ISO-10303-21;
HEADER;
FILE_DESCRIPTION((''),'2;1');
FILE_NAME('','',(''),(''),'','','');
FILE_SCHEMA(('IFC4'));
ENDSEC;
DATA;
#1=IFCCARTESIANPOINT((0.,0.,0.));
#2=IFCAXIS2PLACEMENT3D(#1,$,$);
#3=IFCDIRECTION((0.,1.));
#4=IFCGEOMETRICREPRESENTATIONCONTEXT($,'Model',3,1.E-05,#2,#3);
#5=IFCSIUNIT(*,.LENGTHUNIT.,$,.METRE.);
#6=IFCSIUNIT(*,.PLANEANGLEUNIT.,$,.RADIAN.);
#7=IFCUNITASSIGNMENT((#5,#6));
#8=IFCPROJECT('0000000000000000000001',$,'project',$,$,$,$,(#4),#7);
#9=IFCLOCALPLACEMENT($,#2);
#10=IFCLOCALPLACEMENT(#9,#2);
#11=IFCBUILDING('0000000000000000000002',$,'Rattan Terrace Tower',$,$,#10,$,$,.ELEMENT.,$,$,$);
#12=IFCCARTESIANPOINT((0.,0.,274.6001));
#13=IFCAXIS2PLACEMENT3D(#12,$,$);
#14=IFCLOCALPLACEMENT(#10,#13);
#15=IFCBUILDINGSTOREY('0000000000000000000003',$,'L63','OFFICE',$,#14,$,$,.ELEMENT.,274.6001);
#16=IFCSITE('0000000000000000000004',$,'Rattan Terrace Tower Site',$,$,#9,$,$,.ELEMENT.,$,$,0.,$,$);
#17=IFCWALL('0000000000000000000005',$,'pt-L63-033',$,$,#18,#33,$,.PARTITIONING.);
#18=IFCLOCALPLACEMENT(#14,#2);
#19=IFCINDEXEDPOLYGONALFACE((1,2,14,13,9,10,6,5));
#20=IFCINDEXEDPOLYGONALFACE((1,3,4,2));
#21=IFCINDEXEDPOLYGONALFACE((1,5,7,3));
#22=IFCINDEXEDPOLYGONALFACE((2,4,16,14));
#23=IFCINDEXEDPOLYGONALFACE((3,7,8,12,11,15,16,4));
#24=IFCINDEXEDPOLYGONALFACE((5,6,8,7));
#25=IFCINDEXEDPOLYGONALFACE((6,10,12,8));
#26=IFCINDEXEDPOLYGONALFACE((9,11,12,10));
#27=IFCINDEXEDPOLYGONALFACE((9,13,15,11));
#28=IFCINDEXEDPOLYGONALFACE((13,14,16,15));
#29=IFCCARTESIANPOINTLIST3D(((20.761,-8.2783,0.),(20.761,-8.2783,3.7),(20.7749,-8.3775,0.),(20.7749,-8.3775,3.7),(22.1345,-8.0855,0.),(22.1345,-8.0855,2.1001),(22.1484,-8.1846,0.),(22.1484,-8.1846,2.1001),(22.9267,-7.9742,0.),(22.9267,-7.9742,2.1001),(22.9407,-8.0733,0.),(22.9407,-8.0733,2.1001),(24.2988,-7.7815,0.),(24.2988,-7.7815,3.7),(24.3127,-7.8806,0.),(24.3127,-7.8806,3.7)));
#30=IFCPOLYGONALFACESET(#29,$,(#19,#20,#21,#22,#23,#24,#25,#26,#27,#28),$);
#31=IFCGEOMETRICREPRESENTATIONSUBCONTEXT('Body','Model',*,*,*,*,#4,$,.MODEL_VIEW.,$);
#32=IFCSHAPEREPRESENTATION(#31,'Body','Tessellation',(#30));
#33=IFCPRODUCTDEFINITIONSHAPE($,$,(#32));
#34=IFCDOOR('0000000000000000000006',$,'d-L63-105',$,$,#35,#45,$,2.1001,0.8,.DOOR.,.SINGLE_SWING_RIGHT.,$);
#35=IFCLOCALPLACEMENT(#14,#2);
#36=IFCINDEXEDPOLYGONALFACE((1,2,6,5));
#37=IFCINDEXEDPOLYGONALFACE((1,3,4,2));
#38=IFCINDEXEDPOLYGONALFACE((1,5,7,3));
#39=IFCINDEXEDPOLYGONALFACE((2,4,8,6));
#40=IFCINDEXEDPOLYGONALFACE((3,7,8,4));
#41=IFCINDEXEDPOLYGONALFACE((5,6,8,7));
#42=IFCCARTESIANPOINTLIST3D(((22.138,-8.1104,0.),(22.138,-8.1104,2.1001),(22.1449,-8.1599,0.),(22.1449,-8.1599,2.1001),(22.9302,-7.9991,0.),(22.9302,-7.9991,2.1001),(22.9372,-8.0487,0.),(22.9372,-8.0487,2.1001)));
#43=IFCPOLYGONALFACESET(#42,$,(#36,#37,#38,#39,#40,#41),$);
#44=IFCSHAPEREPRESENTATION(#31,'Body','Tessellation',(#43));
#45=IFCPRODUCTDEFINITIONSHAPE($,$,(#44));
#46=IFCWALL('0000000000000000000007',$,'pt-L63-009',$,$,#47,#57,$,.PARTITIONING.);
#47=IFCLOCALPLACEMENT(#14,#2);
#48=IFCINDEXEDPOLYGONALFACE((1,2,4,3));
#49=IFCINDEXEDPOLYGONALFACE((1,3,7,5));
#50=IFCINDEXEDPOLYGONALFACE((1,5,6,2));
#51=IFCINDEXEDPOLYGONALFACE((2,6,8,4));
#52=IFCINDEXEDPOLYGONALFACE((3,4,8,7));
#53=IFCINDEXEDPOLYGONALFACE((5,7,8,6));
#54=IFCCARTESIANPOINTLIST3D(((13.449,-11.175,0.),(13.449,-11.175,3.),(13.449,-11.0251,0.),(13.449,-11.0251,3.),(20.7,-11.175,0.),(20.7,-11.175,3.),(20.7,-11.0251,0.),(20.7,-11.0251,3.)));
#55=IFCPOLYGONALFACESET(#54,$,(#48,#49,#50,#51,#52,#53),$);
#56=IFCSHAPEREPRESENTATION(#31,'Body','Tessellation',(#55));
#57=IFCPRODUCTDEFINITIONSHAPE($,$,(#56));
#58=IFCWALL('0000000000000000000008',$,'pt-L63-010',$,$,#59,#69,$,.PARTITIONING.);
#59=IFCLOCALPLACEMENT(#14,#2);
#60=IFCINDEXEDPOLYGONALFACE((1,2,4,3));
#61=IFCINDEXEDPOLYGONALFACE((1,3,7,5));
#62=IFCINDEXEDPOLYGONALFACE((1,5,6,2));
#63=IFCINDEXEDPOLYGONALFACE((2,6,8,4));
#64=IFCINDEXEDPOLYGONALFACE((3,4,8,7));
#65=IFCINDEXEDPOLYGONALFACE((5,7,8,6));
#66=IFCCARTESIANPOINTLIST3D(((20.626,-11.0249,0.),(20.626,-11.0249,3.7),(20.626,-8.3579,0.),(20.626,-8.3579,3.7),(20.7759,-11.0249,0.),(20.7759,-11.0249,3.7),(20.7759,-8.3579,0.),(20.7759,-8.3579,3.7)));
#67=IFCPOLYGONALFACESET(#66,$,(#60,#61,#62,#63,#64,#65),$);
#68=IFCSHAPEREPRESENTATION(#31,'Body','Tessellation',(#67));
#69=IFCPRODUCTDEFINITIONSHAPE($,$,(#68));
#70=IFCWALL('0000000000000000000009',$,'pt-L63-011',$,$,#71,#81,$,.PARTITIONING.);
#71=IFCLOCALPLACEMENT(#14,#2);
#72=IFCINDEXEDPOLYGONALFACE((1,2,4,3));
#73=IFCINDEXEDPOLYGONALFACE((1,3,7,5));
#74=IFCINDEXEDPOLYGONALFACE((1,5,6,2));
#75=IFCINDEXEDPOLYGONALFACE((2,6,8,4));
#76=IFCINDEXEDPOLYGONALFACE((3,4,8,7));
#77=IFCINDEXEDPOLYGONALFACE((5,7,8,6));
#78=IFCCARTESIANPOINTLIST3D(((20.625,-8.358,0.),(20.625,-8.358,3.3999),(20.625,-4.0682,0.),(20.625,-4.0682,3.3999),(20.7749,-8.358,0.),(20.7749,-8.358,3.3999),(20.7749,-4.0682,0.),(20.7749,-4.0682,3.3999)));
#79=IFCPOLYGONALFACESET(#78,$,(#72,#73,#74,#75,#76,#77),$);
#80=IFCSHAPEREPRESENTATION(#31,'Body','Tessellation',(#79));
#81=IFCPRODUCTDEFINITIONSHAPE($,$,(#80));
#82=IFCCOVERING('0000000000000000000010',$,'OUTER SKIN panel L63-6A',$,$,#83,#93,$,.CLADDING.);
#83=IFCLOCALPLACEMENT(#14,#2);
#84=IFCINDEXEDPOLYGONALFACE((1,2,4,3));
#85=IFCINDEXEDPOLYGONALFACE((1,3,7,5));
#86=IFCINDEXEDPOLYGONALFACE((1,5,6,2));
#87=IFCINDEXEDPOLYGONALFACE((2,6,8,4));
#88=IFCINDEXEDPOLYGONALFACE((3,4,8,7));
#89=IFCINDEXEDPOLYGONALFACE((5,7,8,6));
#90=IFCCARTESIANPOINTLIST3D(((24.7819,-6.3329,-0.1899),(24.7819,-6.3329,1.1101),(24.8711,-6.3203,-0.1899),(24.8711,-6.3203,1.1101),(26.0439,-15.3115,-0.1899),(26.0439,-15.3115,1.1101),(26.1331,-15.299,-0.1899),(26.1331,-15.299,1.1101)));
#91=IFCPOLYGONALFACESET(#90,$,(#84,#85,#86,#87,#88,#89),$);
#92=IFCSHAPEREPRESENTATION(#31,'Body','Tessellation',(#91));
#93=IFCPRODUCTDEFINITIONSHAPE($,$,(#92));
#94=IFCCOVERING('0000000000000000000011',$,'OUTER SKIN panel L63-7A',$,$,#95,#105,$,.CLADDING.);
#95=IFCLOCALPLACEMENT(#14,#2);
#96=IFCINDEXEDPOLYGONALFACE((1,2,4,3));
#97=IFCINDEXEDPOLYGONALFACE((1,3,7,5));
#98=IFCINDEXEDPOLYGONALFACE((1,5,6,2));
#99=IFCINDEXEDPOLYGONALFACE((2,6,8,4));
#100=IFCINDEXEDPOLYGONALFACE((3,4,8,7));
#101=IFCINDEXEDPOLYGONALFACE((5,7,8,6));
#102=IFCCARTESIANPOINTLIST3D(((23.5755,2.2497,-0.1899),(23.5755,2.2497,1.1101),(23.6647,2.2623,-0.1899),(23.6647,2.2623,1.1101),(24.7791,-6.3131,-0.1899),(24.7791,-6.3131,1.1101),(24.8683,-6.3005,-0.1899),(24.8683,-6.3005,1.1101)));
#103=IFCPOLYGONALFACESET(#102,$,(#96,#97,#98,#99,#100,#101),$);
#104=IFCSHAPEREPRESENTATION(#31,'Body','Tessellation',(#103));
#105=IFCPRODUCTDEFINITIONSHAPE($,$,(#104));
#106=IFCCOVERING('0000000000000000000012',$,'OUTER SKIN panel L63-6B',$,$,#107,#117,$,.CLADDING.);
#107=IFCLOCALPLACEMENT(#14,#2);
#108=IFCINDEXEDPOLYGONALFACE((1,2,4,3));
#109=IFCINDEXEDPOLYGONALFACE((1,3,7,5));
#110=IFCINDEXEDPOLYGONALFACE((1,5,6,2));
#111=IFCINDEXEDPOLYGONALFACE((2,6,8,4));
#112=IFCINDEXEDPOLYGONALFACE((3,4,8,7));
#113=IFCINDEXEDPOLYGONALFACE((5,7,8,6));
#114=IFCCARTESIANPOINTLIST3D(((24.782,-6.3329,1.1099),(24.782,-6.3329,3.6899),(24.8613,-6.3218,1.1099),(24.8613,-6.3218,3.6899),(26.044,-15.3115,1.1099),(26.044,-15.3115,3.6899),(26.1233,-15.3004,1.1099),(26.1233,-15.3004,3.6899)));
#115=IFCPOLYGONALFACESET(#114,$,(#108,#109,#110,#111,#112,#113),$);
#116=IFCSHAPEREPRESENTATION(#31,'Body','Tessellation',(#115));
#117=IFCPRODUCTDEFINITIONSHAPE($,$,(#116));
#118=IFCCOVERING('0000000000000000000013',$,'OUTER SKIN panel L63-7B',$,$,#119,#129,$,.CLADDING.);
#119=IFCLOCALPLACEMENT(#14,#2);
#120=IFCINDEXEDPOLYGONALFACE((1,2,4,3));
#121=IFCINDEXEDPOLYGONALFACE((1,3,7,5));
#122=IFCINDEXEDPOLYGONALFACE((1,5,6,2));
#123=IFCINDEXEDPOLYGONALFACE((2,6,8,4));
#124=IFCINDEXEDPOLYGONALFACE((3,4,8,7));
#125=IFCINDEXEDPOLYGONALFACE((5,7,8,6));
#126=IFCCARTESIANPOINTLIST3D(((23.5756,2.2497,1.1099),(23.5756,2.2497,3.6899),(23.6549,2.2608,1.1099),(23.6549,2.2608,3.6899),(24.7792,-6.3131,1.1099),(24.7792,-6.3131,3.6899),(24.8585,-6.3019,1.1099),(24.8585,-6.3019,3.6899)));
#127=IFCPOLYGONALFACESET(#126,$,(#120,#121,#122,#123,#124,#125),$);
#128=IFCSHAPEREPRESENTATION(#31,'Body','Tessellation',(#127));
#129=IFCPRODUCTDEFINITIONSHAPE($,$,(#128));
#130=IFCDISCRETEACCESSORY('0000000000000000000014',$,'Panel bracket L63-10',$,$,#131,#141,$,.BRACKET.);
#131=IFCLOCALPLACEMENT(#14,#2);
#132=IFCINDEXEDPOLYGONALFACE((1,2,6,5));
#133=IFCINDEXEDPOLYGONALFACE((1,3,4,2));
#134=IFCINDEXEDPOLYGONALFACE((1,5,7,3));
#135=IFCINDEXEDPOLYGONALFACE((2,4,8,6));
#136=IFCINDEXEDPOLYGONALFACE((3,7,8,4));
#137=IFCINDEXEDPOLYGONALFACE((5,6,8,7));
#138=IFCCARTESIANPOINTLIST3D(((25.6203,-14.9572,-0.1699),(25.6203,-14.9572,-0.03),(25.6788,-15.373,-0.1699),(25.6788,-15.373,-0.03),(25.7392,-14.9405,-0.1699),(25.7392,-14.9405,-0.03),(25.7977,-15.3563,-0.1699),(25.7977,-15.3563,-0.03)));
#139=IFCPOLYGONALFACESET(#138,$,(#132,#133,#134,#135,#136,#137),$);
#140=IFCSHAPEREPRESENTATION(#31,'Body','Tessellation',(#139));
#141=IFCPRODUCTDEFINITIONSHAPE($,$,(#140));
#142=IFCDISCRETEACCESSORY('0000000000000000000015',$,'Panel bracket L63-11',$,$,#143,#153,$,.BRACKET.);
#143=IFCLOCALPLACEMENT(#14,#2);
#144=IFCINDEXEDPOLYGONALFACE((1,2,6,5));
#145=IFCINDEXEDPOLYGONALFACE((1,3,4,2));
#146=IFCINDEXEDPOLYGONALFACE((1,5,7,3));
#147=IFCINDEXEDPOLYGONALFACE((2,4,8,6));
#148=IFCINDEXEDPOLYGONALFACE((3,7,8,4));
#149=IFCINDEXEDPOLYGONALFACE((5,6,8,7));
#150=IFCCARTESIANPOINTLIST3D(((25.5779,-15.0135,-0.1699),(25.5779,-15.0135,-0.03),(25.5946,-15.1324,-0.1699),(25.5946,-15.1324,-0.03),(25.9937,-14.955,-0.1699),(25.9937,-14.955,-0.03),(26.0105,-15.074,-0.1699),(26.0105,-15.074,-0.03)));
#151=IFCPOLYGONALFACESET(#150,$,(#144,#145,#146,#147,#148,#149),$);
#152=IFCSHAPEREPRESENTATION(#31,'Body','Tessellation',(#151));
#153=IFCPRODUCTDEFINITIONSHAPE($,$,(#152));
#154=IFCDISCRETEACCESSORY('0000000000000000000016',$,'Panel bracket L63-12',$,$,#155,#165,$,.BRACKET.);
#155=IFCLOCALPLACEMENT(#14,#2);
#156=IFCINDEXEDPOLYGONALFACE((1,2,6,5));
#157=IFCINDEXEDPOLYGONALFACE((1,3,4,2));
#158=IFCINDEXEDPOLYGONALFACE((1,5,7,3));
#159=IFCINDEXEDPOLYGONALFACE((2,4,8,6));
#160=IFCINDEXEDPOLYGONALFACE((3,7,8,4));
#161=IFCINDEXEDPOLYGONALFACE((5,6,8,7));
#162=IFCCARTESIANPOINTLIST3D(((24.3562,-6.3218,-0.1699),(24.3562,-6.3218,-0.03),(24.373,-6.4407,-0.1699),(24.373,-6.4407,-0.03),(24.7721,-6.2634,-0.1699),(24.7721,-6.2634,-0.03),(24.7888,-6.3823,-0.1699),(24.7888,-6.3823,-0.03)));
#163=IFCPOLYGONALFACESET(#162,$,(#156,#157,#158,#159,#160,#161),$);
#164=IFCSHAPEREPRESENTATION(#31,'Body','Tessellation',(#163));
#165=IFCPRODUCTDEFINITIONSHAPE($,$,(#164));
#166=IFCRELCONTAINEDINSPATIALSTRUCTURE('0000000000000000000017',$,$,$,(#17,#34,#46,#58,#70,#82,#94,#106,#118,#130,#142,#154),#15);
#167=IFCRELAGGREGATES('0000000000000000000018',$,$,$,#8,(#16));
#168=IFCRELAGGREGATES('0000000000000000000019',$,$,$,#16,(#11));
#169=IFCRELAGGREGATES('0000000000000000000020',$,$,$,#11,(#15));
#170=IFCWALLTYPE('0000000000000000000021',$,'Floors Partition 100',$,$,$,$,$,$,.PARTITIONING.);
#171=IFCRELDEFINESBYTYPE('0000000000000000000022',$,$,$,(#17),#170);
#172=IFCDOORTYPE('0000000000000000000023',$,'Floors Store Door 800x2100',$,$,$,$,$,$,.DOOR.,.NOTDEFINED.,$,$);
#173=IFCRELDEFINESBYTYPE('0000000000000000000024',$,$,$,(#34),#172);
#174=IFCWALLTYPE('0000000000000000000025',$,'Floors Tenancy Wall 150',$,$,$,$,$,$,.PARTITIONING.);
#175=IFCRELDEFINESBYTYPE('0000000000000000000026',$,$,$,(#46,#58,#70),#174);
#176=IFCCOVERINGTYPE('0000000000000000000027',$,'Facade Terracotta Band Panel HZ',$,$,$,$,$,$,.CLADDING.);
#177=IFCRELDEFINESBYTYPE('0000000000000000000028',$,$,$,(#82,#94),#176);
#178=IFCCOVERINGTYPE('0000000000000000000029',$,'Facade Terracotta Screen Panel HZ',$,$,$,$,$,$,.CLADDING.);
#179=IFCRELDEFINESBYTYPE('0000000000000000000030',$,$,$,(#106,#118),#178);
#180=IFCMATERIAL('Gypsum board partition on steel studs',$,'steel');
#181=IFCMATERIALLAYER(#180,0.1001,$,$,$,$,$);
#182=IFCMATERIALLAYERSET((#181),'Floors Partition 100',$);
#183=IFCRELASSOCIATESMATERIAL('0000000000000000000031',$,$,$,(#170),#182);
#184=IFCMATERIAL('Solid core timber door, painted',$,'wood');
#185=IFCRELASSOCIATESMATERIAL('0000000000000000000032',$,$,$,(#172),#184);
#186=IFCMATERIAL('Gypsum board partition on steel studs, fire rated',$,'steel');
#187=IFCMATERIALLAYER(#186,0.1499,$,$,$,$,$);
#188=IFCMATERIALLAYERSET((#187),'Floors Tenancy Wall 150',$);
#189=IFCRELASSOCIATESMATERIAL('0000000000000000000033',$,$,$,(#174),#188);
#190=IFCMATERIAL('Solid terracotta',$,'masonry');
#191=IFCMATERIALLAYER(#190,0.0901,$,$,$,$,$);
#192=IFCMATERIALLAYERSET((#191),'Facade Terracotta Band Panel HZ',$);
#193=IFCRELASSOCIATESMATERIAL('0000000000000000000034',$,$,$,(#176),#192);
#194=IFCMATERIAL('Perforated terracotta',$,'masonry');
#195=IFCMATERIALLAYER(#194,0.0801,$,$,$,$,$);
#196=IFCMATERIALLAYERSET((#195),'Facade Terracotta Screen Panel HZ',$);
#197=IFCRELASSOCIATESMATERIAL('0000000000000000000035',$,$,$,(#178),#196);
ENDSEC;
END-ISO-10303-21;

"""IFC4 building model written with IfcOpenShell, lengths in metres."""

from ifc_helpers import new_model, si_unit, direction, frame, frame_2d, origin, origin_2d, place, context, subcontext, project, spatial, rectangle, extrude, material, layer, layer_set, type_object, element, fill, save


model = new_model("IFC4")

# Units and contexts
model_context = context("Model", 3, precision=1e-05, world=origin(), true_north=direction((0.0, 1.0)))
body_context = subcontext(model_context, "Body", "Model", "MODEL_VIEW")
ifc_project = project(units=[si_unit("LENGTHUNIT", "METRE"), si_unit("PLANEANGLEUNIT", "RADIAN")], contexts=[model_context])

# Site, building, storey
site_placement = place(None, origin())
site = spatial("IfcSite", under=ifc_project, at=site_placement, Name="Rattan Terrace Tower Site", CompositionType="ELEMENT", RefElevation=0.0)
building_placement = place(site_placement, origin())
building = spatial("IfcBuilding", under=site, at=building_placement, Name="Rattan Terrace Tower", CompositionType="ELEMENT")
storey_placement = place(building_placement, frame((0.0, 0.0, 274.6001)))
storey = spatial("IfcBuildingStorey", under=building, at=storey_placement, Name="L63", Description="OFFICE", CompositionType="ELEMENT", Elevation=274.6001)

# Wall, opening, door
ifc_material_1 = material(Name="Gypsum board partition on steel studs", Category="steel")
ifc_layer_1 = layer(ifc_material_1, 0.1001)
ifc_layer_set_1 = layer_set([ifc_layer_1], Name="Floors Partition 100")
wall_type_1 = type_object("IfcWallType", Name="Floors Partition 100", PredefinedType="PARTITIONING", material=ifc_layer_set_1)
wall_1_placement = place(storey_placement, frame((20.7681, -8.3279, 0.0), z_axis=(0.0, 0.0, 1.0), x_axis=(0.990283, 0.139067, 0.0)))
wall_1 = element("IfcWall", 1, at=wall_1_placement, inside=storey, type_object=wall_type_1, Name="pt-L63-033", PredefinedType="PARTITIONING", context=body_context, shape_type="SweptSolid", body=[
    extrude(rectangle(XDim=3.5725, YDim=0.1001, at=frame_2d((1.7861, 0.0))), origin(), (0.0, 0.0, 1.0), 3.7),
])
opening_placement = place(wall_1_placement, frame((1.387, 0.0, 0.0)))
opening = element("IfcOpeningElement", 2, at=opening_placement, cuts=wall_1, PredefinedType="OPENING", context=body_context, shape_type="SweptSolid", body=[
    extrude(rectangle(XDim=0.8, YDim=2.1001, at=frame_2d((0.3999, 1.05))), frame((0.0, 0.0605, 0.0), z_axis=(0.0, -1.0, 0.0), x_axis=(1.0, 0.0, 0.0)), (0.0, 0.0, 1.0), 0.1211),
])
ifc_material_2 = material(Name="Solid core timber door, painted", Category="wood")
door_type = type_object("IfcDoorType", Name="Floors Store Door 800x2100", OperationType="NOTDEFINED", PredefinedType="DOOR", material=ifc_material_2)
door_placement = place(opening_placement, origin())
door = element("IfcDoor", 3, at=door_placement, inside=storey, type_object=door_type, Name="d-L63-105", OperationType="SINGLE_SWING_RIGHT", OverallHeight=2.1001, OverallWidth=0.8, PredefinedType="DOOR", context=body_context, shape_type="SweptSolid", body=[
    extrude(rectangle(XDim=0.8, YDim=2.1001, at=frame_2d((0.3999, 1.05))), frame((0.0, 0.0249, 0.0), z_axis=(0.0, -1.0, 0.0), x_axis=(1.0, 0.0, 0.0)), (0.0, 0.0, 1.0), 0.05),
])
fill(opening, door)

# Walls
ifc_material_3 = material(Name="Gypsum board partition on steel studs, fire rated", Category="steel")
ifc_layer_2 = layer(ifc_material_3, 0.1499)
ifc_layer_set_2 = layer_set([ifc_layer_2], Name="Floors Tenancy Wall 150")
wall_type_2 = type_object("IfcWallType", Name="Floors Tenancy Wall 150", PredefinedType="PARTITIONING", material=ifc_layer_set_2)
wall_2_placement = place(storey_placement, frame((20.7, -11.1001, 0.0), z_axis=(0.0, 0.0, 1.0), x_axis=(-1.0, 0.0, 0.0)))
element("IfcWall", 4, at=wall_2_placement, inside=storey, type_object=wall_type_2, Name="pt-L63-009", PredefinedType="PARTITIONING", context=body_context, shape_type="SweptSolid", body=[
    extrude(rectangle(XDim=7.251, YDim=0.1499, at=frame_2d((3.6255, 0.0))), origin(), (0.0, 0.0, 1.0), 3.0),
])
wall_3_placement = place(storey_placement, frame((20.7009, -8.3579, 0.0), z_axis=(0.0, 0.0, 1.0), x_axis=(0.0, -1.0, 0.0)))
element("IfcWall", 5, at=wall_3_placement, inside=storey, type_object=wall_type_2, Name="pt-L63-010", PredefinedType="PARTITIONING", context=body_context, shape_type="SweptSolid", body=[
    extrude(rectangle(XDim=2.667, YDim=0.1499, at=frame_2d((1.3335, 0.0))), origin(), (0.0, 0.0, 1.0), 3.7),
])
wall_4_placement = place(storey_placement, frame((20.7, -4.0681, 0.0), z_axis=(0.0, 0.0, 1.0), x_axis=(0.0, -1.0, 0.0)))
element("IfcWall", 6, at=wall_4_placement, inside=storey, type_object=wall_type_2, Name="pt-L63-011", PredefinedType="PARTITIONING", context=body_context, shape_type="SweptSolid", body=[
    extrude(rectangle(XDim=4.2898, YDim=0.1499, at=frame_2d((2.145, 0.0))), origin(), (0.0, 0.0, 1.0), 3.3999),
])

# Coverings
ifc_material_4 = material(Name="Solid terracotta", Category="masonry")
ifc_layer_3 = layer(ifc_material_4, 0.0901)
ifc_layer_set_3 = layer_set([ifc_layer_3], Name="Facade Terracotta Band Panel HZ")
covering_type_1 = type_object("IfcCoveringType", Name="Facade Terracotta Band Panel HZ", PredefinedType="CLADDING", material=ifc_layer_set_3)
covering_1_placement = place(storey_placement, frame((25.4575, -10.8159, -0.1899), z_axis=(0.0, 0.0, 1.0), x_axis=(-0.139192, 0.990265, 0.0)))
element("IfcCovering", 7, at=covering_1_placement, inside=storey, type_object=covering_type_1, Name="OUTER SKIN panel L63-6A", PredefinedType="CLADDING", context=body_context, shape_type="SweptSolid", body=[
    extrude(rectangle(XDim=9.0669, YDim=0.0901, at=origin_2d()), origin(), (0.0, 0.0, 1.0), 1.3),
])
covering_2_placement = place(storey_placement, frame((24.2219, -2.0254, -0.1899), z_axis=(0.0, 0.0, 1.0), x_axis=(-0.139192, 0.990265, 0.0)))
element("IfcCovering", 8, at=covering_2_placement, inside=storey, type_object=covering_type_1, Name="OUTER SKIN panel L63-7A", PredefinedType="CLADDING", context=body_context, shape_type="SweptSolid", body=[
    extrude(rectangle(XDim=8.647, YDim=0.0901, at=origin_2d()), origin(), (0.0, 0.0, 1.0), 1.3),
])
ifc_material_5 = material(Name="Perforated terracotta", Category="masonry")
ifc_layer_4 = layer(ifc_material_5, 0.0801)
ifc_layer_set_4 = layer_set([ifc_layer_4], Name="Facade Terracotta Screen Panel HZ")
covering_type_2 = type_object("IfcCoveringType", Name="Facade Terracotta Screen Panel HZ", PredefinedType="CLADDING", material=ifc_layer_set_4)
covering_3_placement = place(storey_placement, frame((25.4526, -10.8167, 1.1099), z_axis=(0.0, 0.0, 1.0), x_axis=(-0.139192, 0.990265, 0.0)))
element("IfcCovering", 9, at=covering_3_placement, inside=storey, type_object=covering_type_2, Name="OUTER SKIN panel L63-6B", PredefinedType="CLADDING", context=body_context, shape_type="SweptSolid", body=[
    extrude(rectangle(XDim=9.0669, YDim=0.0801, at=origin_2d()), origin(), (0.0, 0.0, 1.0), 2.5801),
])
covering_4_placement = place(storey_placement, frame((24.217, -2.0261, 1.1099), z_axis=(0.0, 0.0, 1.0), x_axis=(-0.139192, 0.990265, 0.0)))
element("IfcCovering", 10, at=covering_4_placement, inside=storey, type_object=covering_type_2, Name="OUTER SKIN panel L63-7B", PredefinedType="CLADDING", context=body_context, shape_type="SweptSolid", body=[
    extrude(rectangle(XDim=8.647, YDim=0.0801, at=origin_2d()), origin(), (0.0, 0.0, 1.0), 2.5801),
])

# Discrete accessories
for number, where, z_axis, x_axis, name in (
    (11, (25.709, -15.1567, -0.1699), (0.0, 0.0, 1.0), (0.990254, 0.139275, 0.0), "Panel bracket L63-10"),
    (12, (25.7942, -15.0437, -0.1699), (0.0, 0.0, 1.0), (-0.139192, 0.990265, 0.0), "Panel bracket L63-11"),
    (13, (24.5725, -6.3521, -0.1699), (0.0, 0.0, 1.0), (-0.139192, 0.990265, 0.0), "Panel bracket L63-12"),
):
    element("IfcDiscreteAccessory", number, at=place(storey_placement, frame(where, z_axis=z_axis, x_axis=x_axis)), inside=storey, Name=name, PredefinedType="BRACKET", context=body_context, shape_type="SweptSolid", body=[
        extrude(rectangle(XDim=0.1201, YDim=0.4199, at=origin_2d()), origin(), (0.0, 0.0, 1.0), 0.1399),
    ])

save(model, "model.ifc")
